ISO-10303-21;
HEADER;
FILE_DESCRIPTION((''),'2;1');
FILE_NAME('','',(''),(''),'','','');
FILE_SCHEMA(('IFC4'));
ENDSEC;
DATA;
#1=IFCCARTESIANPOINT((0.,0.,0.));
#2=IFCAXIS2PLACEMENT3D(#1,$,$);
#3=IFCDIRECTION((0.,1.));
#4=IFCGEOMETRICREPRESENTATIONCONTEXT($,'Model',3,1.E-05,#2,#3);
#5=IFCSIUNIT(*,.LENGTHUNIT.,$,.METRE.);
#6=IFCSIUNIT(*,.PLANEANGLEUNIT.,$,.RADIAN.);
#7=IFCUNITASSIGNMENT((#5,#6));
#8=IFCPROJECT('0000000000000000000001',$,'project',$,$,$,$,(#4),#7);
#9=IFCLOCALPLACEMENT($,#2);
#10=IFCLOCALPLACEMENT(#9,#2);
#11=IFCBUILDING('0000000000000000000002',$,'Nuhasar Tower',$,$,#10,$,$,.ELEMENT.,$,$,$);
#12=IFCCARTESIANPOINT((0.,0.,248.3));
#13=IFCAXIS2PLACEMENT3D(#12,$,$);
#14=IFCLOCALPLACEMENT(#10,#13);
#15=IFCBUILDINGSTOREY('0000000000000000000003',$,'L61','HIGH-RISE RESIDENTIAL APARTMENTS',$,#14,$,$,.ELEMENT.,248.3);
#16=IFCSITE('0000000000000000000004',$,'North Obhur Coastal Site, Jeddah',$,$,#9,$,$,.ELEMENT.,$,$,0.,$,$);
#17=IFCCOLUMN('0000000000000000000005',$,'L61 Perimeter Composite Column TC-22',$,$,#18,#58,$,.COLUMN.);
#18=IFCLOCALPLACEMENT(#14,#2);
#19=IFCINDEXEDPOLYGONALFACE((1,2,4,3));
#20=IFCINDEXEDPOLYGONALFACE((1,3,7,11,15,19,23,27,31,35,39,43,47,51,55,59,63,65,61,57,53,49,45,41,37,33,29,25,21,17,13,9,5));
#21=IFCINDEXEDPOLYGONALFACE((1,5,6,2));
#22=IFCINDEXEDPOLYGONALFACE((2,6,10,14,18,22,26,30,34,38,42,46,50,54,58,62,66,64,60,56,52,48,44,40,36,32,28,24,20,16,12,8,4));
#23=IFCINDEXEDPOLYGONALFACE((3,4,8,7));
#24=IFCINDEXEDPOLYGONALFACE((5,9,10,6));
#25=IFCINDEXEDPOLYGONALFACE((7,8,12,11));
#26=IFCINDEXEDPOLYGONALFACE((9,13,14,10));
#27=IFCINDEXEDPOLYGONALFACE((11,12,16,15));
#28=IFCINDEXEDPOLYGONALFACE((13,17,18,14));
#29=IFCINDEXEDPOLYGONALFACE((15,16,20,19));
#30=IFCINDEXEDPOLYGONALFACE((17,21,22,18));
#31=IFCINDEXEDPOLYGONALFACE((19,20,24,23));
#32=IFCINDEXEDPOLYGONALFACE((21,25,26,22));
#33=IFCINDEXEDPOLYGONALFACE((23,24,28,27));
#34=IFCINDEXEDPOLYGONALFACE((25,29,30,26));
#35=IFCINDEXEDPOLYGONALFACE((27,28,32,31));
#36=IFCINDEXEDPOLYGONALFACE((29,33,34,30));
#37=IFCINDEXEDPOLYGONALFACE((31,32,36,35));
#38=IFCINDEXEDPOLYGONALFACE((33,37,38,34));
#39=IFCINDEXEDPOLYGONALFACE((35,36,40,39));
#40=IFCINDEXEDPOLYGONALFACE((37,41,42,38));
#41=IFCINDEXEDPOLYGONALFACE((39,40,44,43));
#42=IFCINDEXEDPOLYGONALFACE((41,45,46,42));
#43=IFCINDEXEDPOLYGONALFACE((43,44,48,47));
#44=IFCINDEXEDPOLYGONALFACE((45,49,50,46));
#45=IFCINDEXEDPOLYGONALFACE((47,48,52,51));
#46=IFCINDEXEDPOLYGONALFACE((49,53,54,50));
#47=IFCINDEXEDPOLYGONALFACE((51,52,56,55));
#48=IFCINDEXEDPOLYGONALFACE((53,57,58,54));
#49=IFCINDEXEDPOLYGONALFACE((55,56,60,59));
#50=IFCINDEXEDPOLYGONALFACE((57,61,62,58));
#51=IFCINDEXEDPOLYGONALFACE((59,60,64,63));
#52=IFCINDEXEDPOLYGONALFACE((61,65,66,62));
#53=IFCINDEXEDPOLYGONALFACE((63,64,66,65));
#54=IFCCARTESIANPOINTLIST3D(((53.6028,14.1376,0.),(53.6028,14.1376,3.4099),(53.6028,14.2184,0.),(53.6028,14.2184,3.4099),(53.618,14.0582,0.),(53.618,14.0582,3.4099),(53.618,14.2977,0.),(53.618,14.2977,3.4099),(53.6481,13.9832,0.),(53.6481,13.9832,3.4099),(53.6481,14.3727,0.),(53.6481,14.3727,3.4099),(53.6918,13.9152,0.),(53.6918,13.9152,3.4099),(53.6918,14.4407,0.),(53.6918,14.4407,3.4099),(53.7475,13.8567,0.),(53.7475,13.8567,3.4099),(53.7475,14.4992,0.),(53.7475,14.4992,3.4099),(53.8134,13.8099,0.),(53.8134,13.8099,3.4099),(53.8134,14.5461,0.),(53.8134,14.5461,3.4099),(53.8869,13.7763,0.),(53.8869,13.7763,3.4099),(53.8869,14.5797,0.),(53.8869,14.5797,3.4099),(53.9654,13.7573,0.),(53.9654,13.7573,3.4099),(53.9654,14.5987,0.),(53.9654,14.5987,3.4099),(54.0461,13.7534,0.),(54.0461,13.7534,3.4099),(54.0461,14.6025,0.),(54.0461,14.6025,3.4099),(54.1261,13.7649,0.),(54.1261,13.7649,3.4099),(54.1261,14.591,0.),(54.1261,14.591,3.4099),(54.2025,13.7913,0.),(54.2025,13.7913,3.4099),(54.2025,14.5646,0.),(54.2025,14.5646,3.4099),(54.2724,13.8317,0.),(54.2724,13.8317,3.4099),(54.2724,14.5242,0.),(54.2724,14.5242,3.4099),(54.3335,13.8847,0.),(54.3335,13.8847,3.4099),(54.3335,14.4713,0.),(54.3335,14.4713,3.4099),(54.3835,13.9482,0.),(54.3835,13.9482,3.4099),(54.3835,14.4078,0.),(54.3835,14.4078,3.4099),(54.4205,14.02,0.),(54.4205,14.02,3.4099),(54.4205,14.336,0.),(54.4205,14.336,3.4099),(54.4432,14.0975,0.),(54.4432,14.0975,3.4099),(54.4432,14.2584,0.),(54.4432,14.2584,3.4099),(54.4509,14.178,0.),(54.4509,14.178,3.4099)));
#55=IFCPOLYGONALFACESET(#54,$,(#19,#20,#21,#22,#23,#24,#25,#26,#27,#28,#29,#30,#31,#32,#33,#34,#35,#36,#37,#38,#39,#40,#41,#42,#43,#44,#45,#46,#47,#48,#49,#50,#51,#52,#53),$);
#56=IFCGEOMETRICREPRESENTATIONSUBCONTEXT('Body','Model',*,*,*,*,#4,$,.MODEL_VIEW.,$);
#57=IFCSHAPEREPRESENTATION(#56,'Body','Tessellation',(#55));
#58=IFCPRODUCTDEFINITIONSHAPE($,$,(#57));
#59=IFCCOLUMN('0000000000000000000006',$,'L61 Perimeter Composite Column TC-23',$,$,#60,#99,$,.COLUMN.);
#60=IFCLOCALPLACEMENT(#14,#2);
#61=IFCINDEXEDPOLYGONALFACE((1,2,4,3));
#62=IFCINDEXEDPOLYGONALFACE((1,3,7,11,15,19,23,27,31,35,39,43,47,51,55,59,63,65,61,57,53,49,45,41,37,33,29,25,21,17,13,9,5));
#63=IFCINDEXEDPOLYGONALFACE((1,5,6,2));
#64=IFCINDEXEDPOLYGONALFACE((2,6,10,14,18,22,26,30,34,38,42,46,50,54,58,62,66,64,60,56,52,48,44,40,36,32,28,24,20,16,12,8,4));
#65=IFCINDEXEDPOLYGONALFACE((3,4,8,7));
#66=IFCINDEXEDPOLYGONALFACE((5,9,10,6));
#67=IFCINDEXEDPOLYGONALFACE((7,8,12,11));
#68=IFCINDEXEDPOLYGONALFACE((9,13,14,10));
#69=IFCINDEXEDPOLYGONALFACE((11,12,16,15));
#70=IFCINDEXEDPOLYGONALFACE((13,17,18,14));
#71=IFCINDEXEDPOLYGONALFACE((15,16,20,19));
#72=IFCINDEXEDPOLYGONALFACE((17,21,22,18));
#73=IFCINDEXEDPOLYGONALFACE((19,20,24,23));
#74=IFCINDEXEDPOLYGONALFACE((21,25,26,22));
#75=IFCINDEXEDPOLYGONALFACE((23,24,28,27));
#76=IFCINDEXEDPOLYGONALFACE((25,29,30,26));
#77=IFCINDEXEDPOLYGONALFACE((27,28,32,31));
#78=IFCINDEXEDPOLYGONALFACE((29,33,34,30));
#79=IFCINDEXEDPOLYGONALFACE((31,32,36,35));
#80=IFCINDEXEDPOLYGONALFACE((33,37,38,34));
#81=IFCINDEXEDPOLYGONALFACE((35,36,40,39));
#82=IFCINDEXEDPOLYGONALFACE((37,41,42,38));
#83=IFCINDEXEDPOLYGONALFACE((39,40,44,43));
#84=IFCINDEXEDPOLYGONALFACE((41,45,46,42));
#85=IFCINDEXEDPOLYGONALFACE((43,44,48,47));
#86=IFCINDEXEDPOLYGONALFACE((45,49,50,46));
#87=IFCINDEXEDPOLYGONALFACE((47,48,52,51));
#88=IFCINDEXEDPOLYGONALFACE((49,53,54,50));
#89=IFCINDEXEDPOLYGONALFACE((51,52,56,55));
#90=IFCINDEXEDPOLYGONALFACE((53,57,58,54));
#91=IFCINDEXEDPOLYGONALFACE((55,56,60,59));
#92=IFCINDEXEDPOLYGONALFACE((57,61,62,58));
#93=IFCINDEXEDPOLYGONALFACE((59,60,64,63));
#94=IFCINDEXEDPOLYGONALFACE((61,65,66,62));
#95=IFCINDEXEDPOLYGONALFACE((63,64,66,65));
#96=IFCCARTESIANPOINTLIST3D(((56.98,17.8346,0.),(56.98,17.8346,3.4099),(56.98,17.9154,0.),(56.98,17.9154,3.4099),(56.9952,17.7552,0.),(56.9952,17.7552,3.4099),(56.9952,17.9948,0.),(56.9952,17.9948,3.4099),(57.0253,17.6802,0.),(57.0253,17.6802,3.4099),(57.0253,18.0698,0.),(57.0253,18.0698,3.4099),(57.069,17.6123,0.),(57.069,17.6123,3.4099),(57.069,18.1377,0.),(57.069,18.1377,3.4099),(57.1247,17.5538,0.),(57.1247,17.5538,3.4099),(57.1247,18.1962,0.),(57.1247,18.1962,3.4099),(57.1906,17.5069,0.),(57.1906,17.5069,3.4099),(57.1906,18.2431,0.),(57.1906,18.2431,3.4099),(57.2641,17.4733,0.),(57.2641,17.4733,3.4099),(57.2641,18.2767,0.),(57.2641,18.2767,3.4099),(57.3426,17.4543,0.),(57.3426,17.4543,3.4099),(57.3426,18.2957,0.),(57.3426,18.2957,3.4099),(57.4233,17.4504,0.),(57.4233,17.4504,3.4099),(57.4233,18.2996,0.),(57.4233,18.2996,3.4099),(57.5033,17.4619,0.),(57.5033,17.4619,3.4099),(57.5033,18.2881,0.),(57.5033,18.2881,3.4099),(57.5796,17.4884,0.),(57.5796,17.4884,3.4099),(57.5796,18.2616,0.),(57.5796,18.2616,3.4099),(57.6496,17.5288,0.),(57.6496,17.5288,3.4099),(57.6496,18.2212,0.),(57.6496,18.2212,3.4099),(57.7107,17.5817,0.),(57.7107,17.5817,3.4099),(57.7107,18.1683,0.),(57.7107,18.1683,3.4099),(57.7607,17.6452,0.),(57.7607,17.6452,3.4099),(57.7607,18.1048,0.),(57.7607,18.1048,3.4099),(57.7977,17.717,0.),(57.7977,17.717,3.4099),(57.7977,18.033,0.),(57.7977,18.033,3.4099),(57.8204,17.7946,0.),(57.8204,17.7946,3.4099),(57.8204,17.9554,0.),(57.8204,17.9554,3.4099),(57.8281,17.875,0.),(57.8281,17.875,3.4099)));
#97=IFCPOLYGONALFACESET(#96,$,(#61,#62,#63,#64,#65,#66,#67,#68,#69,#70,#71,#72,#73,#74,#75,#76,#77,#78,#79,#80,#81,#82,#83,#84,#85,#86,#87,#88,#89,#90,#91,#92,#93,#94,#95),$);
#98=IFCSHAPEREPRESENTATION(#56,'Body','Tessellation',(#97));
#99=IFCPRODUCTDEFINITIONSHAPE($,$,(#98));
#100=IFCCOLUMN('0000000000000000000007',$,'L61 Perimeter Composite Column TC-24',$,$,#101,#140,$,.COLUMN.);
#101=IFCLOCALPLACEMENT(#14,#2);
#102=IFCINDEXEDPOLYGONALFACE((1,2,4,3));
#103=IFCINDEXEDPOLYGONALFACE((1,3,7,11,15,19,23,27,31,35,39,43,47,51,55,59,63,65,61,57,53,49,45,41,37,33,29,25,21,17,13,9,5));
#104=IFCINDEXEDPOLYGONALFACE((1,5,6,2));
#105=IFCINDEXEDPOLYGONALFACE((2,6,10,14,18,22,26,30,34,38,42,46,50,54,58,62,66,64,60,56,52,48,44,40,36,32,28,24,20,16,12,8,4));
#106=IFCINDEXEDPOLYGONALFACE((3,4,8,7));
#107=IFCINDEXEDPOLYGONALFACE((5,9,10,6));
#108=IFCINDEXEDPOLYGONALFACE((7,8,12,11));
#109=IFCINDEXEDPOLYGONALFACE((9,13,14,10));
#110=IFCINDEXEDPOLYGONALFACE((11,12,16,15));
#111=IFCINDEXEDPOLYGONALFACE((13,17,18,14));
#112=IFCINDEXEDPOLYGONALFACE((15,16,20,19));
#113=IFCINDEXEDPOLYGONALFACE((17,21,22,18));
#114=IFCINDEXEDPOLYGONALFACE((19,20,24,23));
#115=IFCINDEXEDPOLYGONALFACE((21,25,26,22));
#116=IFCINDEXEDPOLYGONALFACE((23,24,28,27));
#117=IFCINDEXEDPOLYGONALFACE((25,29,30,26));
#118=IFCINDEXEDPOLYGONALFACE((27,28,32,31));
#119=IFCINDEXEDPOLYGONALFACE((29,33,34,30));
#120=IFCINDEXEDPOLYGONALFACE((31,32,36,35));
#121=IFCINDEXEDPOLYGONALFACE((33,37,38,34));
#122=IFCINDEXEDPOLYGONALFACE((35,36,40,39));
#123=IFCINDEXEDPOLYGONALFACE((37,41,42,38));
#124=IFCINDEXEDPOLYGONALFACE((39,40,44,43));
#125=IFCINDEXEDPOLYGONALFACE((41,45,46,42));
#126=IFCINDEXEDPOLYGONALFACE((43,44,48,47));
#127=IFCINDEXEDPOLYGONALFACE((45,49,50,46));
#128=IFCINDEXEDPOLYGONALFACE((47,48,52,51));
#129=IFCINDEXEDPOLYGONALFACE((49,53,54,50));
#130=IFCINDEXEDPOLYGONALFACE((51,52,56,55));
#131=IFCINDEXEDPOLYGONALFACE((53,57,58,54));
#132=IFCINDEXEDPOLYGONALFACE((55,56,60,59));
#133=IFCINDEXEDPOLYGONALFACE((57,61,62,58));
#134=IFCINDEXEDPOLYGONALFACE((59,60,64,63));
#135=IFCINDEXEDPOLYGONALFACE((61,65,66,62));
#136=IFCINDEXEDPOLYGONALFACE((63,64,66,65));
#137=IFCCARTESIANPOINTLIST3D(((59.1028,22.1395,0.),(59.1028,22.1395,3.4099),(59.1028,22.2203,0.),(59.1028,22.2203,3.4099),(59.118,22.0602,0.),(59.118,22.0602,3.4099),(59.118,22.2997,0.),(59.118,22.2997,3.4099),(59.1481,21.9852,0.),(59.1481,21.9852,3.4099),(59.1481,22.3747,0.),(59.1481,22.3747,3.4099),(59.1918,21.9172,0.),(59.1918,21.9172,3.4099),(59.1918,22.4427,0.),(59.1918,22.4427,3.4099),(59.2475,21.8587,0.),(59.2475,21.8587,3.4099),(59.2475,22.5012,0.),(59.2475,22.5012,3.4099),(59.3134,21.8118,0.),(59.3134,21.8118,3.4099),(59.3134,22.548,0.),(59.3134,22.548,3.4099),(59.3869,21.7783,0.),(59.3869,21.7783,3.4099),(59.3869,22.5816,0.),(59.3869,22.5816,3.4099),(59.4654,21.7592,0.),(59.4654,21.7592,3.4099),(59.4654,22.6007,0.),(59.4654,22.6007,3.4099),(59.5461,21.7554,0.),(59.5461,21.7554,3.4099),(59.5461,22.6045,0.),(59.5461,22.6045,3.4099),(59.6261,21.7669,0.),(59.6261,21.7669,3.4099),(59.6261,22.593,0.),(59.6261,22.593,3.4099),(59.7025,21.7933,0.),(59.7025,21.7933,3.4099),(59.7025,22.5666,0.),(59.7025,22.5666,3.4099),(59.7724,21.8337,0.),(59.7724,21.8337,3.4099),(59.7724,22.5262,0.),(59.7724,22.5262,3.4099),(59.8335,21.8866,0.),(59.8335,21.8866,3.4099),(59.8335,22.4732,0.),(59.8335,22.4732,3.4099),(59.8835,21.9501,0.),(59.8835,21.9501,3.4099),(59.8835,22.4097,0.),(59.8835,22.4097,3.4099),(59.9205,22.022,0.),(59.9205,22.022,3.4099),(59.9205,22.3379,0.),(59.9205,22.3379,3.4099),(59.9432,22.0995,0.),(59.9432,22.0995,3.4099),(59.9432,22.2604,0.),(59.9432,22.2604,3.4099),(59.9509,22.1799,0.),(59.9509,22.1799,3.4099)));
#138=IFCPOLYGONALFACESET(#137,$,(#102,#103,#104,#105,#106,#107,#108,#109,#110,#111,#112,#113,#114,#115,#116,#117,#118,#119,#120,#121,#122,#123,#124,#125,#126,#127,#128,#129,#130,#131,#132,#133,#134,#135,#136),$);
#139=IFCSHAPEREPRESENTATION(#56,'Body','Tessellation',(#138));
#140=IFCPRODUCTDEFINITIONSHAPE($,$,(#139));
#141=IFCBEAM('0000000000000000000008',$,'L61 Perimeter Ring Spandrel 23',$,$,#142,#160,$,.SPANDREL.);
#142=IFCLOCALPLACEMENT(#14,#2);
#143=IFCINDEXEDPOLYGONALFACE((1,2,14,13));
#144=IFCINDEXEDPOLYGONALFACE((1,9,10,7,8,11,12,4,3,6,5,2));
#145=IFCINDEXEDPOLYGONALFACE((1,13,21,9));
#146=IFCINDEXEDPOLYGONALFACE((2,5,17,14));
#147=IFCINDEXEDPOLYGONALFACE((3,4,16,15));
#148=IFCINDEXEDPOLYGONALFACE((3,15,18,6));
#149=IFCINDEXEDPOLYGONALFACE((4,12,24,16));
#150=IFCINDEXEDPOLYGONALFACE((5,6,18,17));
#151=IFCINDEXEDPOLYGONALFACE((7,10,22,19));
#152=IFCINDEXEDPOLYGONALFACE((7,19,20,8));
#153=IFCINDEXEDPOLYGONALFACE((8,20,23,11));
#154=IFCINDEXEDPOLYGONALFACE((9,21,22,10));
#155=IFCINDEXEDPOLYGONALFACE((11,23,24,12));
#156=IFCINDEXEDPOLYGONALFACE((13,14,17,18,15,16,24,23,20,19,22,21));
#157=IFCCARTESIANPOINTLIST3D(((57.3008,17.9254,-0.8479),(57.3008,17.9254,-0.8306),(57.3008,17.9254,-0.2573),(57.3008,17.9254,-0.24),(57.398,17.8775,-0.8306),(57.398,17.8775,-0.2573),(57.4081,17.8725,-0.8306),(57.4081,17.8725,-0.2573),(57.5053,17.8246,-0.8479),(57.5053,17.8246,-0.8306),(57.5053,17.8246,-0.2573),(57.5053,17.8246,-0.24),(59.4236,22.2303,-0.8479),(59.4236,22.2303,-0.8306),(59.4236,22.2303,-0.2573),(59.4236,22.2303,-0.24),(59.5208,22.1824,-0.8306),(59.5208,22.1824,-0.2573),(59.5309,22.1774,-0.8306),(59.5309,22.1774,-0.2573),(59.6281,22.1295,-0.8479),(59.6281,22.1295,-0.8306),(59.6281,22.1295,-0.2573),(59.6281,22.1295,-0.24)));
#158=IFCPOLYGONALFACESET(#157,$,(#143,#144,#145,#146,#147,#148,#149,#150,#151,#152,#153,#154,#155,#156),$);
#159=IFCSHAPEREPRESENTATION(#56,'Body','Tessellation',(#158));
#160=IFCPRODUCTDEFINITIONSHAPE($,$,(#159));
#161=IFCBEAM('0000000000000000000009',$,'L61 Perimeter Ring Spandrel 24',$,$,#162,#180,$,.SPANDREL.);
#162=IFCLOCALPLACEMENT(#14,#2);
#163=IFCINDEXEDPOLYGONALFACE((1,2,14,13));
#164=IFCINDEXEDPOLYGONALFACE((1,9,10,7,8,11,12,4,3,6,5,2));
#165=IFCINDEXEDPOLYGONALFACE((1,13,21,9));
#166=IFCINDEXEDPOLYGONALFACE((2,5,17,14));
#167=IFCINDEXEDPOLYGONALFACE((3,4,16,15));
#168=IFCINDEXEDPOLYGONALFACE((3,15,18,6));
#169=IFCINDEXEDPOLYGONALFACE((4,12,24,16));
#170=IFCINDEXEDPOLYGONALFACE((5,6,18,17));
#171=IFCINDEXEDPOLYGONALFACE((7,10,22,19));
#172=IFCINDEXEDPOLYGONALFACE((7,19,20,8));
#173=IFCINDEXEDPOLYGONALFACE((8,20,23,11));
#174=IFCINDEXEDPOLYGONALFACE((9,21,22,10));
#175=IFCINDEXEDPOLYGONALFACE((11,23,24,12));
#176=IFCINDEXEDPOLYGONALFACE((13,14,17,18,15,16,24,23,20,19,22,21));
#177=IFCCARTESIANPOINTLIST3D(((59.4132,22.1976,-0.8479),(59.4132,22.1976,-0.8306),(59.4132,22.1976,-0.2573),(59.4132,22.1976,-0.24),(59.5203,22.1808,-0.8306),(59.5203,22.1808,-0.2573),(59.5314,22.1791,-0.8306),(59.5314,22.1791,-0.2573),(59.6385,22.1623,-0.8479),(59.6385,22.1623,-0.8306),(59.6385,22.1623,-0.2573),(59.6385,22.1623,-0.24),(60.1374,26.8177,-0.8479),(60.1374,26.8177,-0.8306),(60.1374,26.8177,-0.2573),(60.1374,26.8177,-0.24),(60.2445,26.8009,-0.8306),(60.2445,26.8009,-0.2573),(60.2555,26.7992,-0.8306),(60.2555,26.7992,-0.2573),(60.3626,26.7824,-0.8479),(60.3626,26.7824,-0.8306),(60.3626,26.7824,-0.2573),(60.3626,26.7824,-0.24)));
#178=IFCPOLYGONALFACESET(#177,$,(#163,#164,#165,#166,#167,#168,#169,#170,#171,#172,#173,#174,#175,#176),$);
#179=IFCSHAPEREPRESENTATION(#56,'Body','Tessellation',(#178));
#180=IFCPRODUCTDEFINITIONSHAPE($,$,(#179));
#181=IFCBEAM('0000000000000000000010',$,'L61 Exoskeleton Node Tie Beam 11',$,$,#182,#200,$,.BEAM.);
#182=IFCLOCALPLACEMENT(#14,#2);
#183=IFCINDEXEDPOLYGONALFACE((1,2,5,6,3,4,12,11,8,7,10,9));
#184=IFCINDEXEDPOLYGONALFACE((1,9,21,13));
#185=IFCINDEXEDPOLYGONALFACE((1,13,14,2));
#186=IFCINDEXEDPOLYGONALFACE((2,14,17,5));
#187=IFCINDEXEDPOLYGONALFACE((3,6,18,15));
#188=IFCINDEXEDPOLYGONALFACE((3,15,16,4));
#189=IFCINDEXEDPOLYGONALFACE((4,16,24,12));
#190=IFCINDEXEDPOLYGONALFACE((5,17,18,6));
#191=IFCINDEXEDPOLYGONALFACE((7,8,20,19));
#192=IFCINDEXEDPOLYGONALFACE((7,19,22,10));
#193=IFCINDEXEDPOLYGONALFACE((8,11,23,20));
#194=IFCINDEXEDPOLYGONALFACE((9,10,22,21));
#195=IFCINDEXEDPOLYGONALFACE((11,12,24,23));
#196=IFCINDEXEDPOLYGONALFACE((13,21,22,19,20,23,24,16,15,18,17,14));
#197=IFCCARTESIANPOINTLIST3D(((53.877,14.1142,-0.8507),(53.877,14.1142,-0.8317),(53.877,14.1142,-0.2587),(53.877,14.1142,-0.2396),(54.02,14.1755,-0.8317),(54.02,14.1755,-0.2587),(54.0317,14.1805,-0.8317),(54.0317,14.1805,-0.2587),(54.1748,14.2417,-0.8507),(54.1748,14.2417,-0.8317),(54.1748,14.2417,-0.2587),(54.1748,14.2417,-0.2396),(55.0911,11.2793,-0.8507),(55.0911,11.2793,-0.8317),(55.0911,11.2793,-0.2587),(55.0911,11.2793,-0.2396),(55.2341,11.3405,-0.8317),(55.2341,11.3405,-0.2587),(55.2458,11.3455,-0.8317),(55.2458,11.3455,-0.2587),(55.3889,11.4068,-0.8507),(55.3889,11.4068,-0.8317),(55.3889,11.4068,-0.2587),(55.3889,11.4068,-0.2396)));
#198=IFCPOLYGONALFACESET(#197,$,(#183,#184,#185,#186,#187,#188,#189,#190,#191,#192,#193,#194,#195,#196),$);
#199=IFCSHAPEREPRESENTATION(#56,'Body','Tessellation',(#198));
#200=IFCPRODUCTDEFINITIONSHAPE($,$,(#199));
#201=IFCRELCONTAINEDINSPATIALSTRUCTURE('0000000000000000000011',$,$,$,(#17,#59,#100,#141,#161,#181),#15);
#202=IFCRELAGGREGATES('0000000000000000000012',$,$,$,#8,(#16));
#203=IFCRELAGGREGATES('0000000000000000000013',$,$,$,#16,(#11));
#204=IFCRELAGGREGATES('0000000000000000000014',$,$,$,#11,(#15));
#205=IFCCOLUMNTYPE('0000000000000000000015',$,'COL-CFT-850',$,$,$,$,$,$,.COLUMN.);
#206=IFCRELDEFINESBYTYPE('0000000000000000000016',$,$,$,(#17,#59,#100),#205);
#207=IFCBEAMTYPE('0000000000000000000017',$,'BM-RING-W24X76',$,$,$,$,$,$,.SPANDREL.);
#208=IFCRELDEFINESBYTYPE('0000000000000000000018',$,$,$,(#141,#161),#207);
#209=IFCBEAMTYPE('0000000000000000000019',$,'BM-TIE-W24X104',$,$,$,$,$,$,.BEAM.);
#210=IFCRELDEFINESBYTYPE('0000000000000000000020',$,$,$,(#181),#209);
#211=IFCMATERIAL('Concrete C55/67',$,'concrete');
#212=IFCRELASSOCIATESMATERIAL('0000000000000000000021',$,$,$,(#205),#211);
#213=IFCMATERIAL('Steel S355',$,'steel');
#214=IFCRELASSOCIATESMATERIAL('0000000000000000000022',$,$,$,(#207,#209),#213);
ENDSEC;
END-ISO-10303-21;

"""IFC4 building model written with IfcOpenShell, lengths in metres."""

from ifc_helpers import new_model, si_unit, direction, frame, origin, origin_2d, place, context, subcontext, project, spatial, circle, i_section, extrude, material, material_profile, profile_set, type_object, element, save


model = new_model("IFC4")

# Units and contexts
model_context = context("Model", 3, precision=1e-05, world=origin(), true_north=direction((0.0, 1.0)))
body_context = subcontext(model_context, "Body", "Model", "MODEL_VIEW")
ifc_project = project(units=[si_unit("LENGTHUNIT", "METRE"), si_unit("PLANEANGLEUNIT", "RADIAN")], contexts=[model_context])

# Site, building, storey
site_placement = place(None, origin())
site = spatial("IfcSite", under=ifc_project, at=site_placement, Name="North Obhur Coastal Site, Jeddah", CompositionType="ELEMENT", RefElevation=0.0)
building_placement = place(site_placement, origin())
building = spatial("IfcBuilding", under=site, at=building_placement, Name="Nuhasar Tower", CompositionType="ELEMENT")
storey_placement = place(building_placement, frame((0.0, 0.0, 248.3)))
storey = spatial("IfcBuildingStorey", under=building, at=storey_placement, Name="L61", Description="HIGH-RISE RESIDENTIAL APARTMENTS", CompositionType="ELEMENT", Elevation=248.3)

# Columns
ifc_material_1 = material(Name="Concrete C55/67", Category="concrete")
ifc_material_profile_1 = material_profile(ifc_material_1, circle(Radius=0.425, at=origin_2d()), Name="CFT850")
ifc_profile_set_1 = profile_set([ifc_material_profile_1], Name="Concrete C55/67")
column_type = type_object("IfcColumnType", Name="COL-CFT-850", PredefinedType="COLUMN", material=ifc_profile_set_1)
for number, where, z_axis, x_axis, name in (
    (1, (54.0259, 14.178, 0.0), (0.0, 0.0, 1.0), (1.0, 0.0, 0.0), "L61 Perimeter Composite Column TC-22"),
    (2, (57.4031, 17.875, 0.0), (0.0, 0.0, 1.0), (1.0, 0.0, 0.0), "L61 Perimeter Composite Column TC-23"),
    (3, (59.5259, 22.1799, 0.0), (0.0, 0.0, 1.0), (1.0, 0.0, 0.0), "L61 Perimeter Composite Column TC-24"),
):
    element("IfcColumn", number, at=place(storey_placement, frame(where, z_axis=z_axis, x_axis=x_axis)), inside=storey, type_object=column_type, Name=name, PredefinedType="COLUMN", context=body_context, shape_type="SweptSolid", body=[
        extrude(circle(Radius=0.425, at=origin_2d()), origin(), (0.0, 0.0, 1.0), 3.4099),
    ])

# Beams
ifc_material_2 = material(Name="Steel S355", Category="steel")
ifc_material_profile_2 = material_profile(ifc_material_2, i_section(OverallWidth=0.228, OverallDepth=0.6079, WebThickness=0.0112, FlangeThickness=0.0173, at=origin_2d()), Name="W24X76")
ifc_profile_set_2 = profile_set([ifc_material_profile_2], Name="Steel S355")
beam_type_1 = type_object("IfcBeamType", Name="BM-RING-W24X76", PredefinedType="SPANDREL", material=ifc_profile_set_2)
beam_1_placement = place(storey_placement, frame((57.4031, 17.875, -0.5439), z_axis=(0.442263, 0.896886, 0.0), x_axis=(-0.896886, 0.442263, 0.0)))
element("IfcBeam", 4, at=beam_1_placement, inside=storey, type_object=beam_type_1, Name="L61 Perimeter Ring Spandrel 23", PredefinedType="SPANDREL", context=body_context, shape_type="SweptSolid", body=[
    extrude(i_section(OverallWidth=0.228, OverallDepth=0.6079, WebThickness=0.0112, FlangeThickness=0.0173, at=origin_2d()), origin(), (0.0, 0.0, 1.0), 4.7998),
])
beam_2_placement = place(storey_placement, frame((59.5259, 22.1799, -0.5439), z_axis=(0.154842, 0.987939, 0.0), x_axis=(-0.987939, 0.154842, 0.0)))
element("IfcBeam", 5, at=beam_2_placement, inside=storey, type_object=beam_type_1, Name="L61 Perimeter Ring Spandrel 24", PredefinedType="SPANDREL", context=body_context, shape_type="SweptSolid", body=[
    extrude(i_section(OverallWidth=0.228, OverallDepth=0.6079, WebThickness=0.0112, FlangeThickness=0.0173, at=origin_2d()), origin(), (0.0, 0.0, 1.0), 4.6765),
])
ifc_material_profile_3 = material_profile(ifc_material_2, i_section(OverallWidth=0.324, OverallDepth=0.6111, WebThickness=0.0127, FlangeThickness=0.019, at=origin_2d()), Name="W24X104")
ifc_profile_set_3 = profile_set([ifc_material_profile_3], Name="Steel S355")
beam_type_2 = type_object("IfcBeamType", Name="BM-TIE-W24X104", PredefinedType="BEAM", material=ifc_profile_set_3)
beam_3_placement = place(storey_placement, frame((54.0259, 14.178, -0.5452), z_axis=(0.39368, -0.919247, 0.0), x_axis=(0.919247, 0.39368, 0.0)))
element("IfcBeam", 6, at=beam_3_placement, inside=storey, type_object=beam_type_2, Name="L61 Exoskeleton Node Tie Beam 11", PredefinedType="BEAM", context=body_context, shape_type="SweptSolid", body=[
    extrude(i_section(OverallWidth=0.324, OverallDepth=0.6111, WebThickness=0.0127, FlangeThickness=0.019, at=origin_2d()), origin(), (0.0, 0.0, 1.0), 3.084),
])

save(model, "model.ifc")
